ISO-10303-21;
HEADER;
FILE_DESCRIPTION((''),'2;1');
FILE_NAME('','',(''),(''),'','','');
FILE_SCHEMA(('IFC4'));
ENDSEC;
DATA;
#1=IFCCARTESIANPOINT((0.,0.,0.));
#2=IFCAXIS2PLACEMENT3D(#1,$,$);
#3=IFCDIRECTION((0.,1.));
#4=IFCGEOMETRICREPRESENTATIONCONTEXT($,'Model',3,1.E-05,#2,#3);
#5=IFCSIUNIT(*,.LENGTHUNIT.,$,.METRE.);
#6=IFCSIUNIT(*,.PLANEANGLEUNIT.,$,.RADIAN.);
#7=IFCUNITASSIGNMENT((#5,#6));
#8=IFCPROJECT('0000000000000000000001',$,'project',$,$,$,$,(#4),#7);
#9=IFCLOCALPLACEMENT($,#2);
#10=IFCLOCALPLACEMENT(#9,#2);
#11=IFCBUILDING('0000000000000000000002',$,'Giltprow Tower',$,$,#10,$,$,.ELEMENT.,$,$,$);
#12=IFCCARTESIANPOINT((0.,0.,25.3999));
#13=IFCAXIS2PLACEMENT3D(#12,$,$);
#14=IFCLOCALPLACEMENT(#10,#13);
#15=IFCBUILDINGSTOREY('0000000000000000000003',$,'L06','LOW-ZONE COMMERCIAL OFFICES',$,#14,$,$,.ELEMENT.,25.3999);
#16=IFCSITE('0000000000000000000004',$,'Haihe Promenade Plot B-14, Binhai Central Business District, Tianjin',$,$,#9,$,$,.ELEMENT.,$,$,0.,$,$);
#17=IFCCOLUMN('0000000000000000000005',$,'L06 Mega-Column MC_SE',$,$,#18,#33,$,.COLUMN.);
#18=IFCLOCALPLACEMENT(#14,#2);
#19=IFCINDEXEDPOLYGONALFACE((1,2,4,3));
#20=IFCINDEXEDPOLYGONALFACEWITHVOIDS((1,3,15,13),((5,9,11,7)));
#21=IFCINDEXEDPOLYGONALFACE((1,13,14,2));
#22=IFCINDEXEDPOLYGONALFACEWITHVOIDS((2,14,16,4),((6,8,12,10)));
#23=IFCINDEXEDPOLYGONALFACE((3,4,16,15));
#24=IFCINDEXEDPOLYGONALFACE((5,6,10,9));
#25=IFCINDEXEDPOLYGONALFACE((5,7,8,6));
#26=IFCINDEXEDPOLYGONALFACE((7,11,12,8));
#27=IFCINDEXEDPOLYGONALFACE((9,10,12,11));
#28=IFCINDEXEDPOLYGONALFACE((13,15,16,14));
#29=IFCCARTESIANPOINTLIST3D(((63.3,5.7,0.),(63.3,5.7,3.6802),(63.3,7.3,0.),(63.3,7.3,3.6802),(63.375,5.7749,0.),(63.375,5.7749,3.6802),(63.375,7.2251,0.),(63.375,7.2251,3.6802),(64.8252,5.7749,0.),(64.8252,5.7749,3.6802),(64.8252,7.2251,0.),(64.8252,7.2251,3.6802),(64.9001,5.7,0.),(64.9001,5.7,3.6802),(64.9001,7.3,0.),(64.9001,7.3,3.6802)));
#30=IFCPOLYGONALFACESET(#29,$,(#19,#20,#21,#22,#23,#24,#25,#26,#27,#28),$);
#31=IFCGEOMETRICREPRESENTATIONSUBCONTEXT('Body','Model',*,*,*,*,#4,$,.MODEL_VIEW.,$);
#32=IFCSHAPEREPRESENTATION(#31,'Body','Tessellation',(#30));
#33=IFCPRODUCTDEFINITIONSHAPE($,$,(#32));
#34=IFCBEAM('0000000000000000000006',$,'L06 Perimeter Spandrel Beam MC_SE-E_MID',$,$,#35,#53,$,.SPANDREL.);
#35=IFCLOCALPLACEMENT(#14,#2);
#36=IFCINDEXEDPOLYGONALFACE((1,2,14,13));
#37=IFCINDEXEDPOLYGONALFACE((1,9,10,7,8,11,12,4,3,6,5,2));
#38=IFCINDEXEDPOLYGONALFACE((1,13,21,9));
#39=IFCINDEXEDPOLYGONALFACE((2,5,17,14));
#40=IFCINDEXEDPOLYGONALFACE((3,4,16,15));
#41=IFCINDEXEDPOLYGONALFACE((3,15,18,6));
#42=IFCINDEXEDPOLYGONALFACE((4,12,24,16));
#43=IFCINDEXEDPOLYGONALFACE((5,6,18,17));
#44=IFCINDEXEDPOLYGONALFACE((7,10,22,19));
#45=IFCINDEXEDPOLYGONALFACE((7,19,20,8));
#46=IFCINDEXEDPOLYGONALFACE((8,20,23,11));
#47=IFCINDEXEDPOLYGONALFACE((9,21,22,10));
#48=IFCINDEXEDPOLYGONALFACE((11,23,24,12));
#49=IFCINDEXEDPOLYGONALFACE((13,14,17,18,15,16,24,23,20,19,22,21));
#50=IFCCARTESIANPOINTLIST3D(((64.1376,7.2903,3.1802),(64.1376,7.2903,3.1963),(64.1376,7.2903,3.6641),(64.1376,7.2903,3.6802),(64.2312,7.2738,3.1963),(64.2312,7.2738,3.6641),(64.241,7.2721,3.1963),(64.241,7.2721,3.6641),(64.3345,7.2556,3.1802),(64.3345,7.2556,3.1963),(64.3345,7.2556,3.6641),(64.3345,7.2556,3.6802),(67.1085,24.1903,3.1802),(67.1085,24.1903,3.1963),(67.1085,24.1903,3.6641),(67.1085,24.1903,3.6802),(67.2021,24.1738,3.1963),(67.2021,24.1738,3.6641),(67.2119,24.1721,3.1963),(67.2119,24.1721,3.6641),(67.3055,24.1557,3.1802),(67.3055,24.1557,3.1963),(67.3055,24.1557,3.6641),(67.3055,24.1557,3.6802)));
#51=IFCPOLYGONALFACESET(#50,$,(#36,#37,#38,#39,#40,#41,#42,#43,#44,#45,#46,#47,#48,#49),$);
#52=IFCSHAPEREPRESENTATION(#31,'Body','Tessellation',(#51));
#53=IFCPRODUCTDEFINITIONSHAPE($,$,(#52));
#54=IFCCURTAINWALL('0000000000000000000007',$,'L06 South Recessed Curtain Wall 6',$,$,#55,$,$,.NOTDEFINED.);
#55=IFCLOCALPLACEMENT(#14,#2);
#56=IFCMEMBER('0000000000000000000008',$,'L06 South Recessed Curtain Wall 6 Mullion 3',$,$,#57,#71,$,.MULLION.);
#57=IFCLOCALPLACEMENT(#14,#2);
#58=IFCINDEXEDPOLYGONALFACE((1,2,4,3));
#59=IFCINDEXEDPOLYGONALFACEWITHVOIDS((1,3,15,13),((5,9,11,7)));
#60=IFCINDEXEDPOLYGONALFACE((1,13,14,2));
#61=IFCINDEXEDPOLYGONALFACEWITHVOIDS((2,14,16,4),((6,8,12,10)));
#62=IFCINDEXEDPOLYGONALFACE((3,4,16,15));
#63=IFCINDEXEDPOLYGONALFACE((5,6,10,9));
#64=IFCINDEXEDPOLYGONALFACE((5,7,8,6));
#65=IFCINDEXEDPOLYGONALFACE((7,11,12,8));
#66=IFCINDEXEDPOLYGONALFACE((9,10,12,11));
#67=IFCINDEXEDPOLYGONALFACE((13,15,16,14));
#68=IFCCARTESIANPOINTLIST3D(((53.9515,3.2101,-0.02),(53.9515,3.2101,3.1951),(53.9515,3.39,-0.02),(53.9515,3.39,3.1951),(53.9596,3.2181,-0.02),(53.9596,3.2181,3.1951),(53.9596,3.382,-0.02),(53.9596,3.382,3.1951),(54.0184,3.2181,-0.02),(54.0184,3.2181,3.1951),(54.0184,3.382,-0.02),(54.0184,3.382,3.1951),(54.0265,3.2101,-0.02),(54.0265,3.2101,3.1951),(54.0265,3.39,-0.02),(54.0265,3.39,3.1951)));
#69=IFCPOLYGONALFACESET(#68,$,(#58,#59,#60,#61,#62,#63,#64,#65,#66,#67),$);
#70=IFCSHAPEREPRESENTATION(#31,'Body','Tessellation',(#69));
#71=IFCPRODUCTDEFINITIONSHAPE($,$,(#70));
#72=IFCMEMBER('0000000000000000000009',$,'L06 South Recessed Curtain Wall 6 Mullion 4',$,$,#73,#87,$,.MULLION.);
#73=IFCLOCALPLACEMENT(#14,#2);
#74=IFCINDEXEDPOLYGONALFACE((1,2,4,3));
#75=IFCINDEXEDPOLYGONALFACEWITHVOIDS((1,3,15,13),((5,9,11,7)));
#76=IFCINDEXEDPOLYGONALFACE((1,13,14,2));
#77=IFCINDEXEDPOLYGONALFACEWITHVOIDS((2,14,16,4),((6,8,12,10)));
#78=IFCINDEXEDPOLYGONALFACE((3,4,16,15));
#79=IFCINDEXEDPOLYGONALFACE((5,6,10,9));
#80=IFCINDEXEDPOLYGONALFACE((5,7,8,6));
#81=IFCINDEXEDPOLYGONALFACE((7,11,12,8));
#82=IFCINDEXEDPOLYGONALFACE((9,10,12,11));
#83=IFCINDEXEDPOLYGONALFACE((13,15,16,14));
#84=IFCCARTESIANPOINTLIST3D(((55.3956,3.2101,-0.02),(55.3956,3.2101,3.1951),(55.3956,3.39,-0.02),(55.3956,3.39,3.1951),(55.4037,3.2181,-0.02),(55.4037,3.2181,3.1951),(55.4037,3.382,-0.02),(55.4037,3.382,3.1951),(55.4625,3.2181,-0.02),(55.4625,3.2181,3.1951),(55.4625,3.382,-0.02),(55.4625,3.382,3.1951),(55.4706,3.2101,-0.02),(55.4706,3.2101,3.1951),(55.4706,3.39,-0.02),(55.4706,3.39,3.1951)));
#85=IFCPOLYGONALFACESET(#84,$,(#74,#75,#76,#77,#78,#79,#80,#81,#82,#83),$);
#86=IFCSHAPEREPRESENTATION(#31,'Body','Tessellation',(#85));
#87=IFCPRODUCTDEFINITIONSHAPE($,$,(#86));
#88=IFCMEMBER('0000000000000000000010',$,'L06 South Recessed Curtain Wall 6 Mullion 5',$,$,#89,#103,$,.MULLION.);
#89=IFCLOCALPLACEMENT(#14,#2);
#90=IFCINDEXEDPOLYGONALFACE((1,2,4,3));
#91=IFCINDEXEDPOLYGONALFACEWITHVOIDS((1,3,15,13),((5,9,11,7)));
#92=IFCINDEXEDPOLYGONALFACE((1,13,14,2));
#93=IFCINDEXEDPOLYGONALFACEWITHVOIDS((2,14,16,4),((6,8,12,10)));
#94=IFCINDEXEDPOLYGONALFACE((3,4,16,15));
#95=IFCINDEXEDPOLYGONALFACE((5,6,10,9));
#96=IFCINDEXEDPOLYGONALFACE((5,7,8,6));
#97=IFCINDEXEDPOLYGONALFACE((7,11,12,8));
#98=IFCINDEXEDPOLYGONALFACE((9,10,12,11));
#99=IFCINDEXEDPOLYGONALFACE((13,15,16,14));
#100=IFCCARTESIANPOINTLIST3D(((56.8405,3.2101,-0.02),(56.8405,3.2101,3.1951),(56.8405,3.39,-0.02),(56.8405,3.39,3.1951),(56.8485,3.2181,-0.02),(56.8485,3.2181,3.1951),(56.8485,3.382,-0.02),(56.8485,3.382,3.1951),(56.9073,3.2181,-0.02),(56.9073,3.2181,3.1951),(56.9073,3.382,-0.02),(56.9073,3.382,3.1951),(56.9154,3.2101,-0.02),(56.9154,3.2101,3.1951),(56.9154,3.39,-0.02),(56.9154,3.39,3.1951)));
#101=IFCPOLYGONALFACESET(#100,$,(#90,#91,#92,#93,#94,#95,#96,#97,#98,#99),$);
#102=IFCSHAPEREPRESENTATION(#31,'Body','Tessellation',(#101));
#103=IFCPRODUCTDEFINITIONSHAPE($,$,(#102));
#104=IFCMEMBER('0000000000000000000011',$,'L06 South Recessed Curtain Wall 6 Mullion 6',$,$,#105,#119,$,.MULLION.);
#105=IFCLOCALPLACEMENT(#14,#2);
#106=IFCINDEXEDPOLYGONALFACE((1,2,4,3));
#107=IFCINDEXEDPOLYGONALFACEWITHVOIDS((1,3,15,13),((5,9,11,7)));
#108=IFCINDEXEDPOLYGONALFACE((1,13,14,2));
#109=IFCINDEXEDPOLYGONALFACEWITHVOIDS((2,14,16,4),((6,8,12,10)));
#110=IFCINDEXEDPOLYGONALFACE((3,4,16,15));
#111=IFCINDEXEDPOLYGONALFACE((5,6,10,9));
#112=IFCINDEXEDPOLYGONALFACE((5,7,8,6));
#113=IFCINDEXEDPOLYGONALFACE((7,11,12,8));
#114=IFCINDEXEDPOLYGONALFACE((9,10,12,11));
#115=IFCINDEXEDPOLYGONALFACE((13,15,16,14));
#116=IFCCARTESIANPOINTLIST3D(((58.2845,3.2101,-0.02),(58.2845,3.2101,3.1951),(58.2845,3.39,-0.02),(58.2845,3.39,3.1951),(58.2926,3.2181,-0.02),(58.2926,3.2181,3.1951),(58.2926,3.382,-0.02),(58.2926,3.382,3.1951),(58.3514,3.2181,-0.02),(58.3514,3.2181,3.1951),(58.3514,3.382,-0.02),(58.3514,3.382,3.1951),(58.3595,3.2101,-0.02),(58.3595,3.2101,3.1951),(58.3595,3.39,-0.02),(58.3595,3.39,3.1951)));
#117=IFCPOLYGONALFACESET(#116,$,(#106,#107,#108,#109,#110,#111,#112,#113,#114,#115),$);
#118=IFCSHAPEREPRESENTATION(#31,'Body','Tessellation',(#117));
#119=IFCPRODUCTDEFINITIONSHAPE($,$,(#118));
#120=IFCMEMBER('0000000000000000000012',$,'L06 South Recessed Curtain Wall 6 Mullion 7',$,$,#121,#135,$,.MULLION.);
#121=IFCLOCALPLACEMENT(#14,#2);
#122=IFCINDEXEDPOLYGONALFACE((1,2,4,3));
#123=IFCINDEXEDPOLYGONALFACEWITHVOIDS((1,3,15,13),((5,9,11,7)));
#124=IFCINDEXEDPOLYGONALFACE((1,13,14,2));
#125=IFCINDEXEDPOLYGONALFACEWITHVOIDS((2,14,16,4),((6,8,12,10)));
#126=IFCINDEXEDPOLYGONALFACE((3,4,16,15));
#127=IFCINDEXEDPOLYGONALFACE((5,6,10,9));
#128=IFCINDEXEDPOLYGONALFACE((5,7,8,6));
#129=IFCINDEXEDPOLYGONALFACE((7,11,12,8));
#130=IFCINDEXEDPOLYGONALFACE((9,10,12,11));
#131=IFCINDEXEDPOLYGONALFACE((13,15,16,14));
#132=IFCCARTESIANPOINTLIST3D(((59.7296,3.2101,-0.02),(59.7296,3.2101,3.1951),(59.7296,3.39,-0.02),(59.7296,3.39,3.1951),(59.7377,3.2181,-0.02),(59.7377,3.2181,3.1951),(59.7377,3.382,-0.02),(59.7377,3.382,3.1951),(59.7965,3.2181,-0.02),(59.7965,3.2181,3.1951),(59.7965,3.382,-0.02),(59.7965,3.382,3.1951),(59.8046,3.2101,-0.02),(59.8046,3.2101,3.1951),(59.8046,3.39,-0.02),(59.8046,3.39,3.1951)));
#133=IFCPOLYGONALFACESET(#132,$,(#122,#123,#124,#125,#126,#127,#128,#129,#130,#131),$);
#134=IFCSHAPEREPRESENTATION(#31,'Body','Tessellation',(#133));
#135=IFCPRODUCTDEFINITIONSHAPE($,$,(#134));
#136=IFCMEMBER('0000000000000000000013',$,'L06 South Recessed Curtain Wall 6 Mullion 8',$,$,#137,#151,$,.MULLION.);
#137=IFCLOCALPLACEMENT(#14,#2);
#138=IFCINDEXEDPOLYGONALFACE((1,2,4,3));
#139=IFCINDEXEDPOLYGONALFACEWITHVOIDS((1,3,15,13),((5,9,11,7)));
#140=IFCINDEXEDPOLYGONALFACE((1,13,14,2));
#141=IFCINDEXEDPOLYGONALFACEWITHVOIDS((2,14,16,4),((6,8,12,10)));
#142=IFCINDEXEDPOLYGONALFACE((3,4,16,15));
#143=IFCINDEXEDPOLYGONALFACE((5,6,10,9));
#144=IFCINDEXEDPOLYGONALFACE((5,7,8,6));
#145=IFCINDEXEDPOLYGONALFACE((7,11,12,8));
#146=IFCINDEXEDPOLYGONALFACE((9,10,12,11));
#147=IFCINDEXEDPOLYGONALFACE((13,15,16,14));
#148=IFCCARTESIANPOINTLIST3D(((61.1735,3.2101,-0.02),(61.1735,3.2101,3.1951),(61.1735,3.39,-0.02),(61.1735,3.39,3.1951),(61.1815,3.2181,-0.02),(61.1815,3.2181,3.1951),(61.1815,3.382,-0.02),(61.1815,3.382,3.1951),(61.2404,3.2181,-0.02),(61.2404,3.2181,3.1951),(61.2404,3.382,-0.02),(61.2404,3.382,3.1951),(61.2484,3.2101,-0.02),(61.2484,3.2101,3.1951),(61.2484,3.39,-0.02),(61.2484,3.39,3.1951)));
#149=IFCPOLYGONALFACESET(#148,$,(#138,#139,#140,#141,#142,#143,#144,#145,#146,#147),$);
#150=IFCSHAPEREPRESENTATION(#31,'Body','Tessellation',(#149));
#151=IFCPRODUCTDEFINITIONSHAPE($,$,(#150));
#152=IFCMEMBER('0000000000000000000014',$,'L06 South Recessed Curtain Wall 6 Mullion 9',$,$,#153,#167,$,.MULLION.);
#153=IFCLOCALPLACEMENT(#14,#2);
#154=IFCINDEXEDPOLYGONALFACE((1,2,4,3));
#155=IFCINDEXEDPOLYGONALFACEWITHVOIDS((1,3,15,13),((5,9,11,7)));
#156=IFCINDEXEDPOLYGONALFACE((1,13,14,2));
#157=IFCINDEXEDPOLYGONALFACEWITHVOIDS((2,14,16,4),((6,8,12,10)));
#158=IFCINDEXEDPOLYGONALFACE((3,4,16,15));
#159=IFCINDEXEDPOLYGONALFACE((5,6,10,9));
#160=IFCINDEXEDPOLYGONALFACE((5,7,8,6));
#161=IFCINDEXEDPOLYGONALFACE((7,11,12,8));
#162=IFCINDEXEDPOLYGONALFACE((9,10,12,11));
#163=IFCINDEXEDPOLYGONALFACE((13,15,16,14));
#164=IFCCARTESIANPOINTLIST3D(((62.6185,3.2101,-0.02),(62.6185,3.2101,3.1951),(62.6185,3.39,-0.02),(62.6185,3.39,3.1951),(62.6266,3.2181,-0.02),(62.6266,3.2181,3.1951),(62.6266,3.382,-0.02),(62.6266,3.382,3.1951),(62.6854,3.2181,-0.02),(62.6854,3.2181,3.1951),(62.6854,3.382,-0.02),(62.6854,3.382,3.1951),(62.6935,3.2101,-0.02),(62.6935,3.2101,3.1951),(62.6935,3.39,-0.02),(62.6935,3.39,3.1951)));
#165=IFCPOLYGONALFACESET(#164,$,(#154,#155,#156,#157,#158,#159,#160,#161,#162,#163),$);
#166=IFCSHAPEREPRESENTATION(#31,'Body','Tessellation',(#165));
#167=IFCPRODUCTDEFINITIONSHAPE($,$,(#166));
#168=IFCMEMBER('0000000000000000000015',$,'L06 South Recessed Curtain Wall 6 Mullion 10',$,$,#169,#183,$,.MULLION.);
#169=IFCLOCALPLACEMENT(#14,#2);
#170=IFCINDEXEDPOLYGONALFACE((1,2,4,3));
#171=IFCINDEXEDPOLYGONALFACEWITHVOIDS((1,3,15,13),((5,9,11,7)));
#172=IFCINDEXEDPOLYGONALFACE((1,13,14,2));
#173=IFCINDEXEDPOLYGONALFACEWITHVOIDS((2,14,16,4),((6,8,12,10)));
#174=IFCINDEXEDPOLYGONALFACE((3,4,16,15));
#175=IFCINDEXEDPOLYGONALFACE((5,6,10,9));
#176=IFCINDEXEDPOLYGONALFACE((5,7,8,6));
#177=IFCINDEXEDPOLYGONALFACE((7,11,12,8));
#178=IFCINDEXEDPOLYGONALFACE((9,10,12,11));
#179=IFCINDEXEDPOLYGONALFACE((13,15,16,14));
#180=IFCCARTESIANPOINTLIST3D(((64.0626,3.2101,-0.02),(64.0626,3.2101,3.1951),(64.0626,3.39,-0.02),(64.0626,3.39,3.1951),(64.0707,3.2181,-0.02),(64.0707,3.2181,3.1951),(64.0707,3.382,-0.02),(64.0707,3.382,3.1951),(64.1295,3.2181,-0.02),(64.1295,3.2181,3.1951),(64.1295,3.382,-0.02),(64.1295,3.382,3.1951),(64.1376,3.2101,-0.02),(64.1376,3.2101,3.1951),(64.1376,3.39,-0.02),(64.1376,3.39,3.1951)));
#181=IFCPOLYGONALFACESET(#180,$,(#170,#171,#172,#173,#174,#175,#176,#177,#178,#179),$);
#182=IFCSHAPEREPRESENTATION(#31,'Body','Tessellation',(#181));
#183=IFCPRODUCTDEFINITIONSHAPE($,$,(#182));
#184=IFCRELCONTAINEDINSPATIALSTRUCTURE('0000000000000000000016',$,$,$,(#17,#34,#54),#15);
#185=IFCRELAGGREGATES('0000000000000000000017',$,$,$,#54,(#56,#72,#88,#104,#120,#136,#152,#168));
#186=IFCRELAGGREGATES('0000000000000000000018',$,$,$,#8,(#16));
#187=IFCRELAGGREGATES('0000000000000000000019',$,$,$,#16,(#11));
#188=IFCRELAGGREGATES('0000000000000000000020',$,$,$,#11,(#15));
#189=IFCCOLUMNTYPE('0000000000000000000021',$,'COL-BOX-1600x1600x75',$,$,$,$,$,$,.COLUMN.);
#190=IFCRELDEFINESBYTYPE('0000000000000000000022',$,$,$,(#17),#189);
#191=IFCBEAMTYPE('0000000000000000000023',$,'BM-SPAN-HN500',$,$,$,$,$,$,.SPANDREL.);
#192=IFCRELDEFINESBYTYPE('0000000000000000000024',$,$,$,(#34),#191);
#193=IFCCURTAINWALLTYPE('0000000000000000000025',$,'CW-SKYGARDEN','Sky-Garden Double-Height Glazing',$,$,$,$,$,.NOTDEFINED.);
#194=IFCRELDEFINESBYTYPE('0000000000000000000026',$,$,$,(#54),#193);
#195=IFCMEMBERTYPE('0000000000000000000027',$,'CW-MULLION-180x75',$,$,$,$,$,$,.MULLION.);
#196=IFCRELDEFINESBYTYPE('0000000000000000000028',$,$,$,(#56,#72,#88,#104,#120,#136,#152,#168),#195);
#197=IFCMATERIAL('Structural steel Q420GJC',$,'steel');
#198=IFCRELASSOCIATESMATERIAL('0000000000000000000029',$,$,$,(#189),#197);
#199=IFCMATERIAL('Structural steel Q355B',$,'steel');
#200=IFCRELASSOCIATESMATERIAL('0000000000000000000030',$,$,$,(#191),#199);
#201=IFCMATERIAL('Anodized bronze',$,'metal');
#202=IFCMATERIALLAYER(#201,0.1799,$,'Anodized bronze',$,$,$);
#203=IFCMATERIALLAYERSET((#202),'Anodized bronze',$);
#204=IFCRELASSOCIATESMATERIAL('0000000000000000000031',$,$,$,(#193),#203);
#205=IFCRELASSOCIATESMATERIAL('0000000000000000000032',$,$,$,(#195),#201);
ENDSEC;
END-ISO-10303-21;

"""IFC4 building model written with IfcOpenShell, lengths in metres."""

from ifc_helpers import new_model, si_unit, direction, frame, origin, origin_2d, place, context, subcontext, project, spatial, hollow_rectangle, i_section, extrude, source, transform, mapped, material, layer, layer_set, material_profile, profile_set, type_object, element, aggregate, save


model = new_model("IFC4")

# Units and contexts
model_context = context("Model", 3, precision=1e-05, world=origin(), true_north=direction((0.0, 1.0)))
body_context = subcontext(model_context, "Body", "Model", "MODEL_VIEW")
ifc_project = project(units=[si_unit("LENGTHUNIT", "METRE"), si_unit("PLANEANGLEUNIT", "RADIAN")], contexts=[model_context])

# Site, building, storey
site_placement = place(None, origin())
site = spatial("IfcSite", under=ifc_project, at=site_placement, Name="Haihe Promenade Plot B-14, Binhai Central Business District, Tianjin", CompositionType="ELEMENT", RefElevation=0.0)
building_placement = place(site_placement, origin())
building = spatial("IfcBuilding", under=site, at=building_placement, Name="Giltprow Tower", CompositionType="ELEMENT")
storey_placement = place(building_placement, frame((0.0, 0.0, 25.3999)))
storey = spatial("IfcBuildingStorey", under=building, at=storey_placement, Name="L06", Description="LOW-ZONE COMMERCIAL OFFICES", CompositionType="ELEMENT", Elevation=25.3999)

# Column
ifc_material_1 = material(Name="Structural steel Q420GJC", Category="steel")
ifc_material_profile_1 = material_profile(ifc_material_1, hollow_rectangle(XDim=1.6001, YDim=1.6001, WallThickness=0.075, at=origin_2d()), Name="BOX 1600x1600x75")
ifc_profile_set_1 = profile_set([ifc_material_profile_1], Name="Structural steel Q420GJC")
column_type = type_object("IfcColumnType", Name="COL-BOX-1600x1600x75", PredefinedType="COLUMN", material=ifc_profile_set_1)
shared_shape_1 = source(origin(), body_context, "Body", "SweptSolid", [
    extrude(hollow_rectangle(XDim=1.6001, YDim=1.6001, WallThickness=0.075, at=origin_2d()), origin(), (0.0, 0.0, 1.0), 3.6802),
])
column_placement = place(storey_placement, frame((64.1001, 6.5, 0.0), z_axis=(0.0, 0.0, 1.0), x_axis=(1.0, 0.0, 0.0)))
element("IfcColumn", 1, at=column_placement, inside=storey, type_object=column_type, Name="L06 Mega-Column MC_SE", PredefinedType="COLUMN", context=body_context, shape_type="MappedRepresentation", body=[
    mapped(shared_shape_1, transform((0.0, 0.0, 0.0), x_axis=(1.0, 0.0, 0.0), y_axis=(0.0, 1.0, 0.0), z_axis=(0.0, 0.0, 1.0), scale=1.0)),
])

# Beam
ifc_material_2 = material(Name="Structural steel Q355B", Category="steel")
ifc_material_profile_2 = material_profile(ifc_material_2, i_section(OverallWidth=0.2, OverallDepth=0.5, WebThickness=0.01, FlangeThickness=0.0161, at=origin_2d()), Name="HN 500x200x10x16")
ifc_profile_set_2 = profile_set([ifc_material_profile_2], Name="Structural steel Q355B")
beam_type = type_object("IfcBeamType", Name="BM-SPAN-HN500", PredefinedType="SPANDREL", material=ifc_profile_set_2)
shared_shape_2 = source(origin(), body_context, "Body", "SweptSolid", [
    extrude(i_section(OverallWidth=0.2, OverallDepth=0.5, WebThickness=0.01, FlangeThickness=0.0161, at=origin_2d()), origin(), (0.0, 0.0, 1.0), 17.1592),
])
beam_placement = place(storey_placement, frame((64.2361, 7.2729, 3.4302), z_axis=(0.173139, 0.984897, 0.0), x_axis=(-0.984897, 0.173139, 0.0)))
element("IfcBeam", 2, at=beam_placement, inside=storey, type_object=beam_type, Name="L06 Perimeter Spandrel Beam MC_SE-E_MID", PredefinedType="SPANDREL", context=body_context, shape_type="MappedRepresentation", body=[
    mapped(shared_shape_2, transform((0.0, 0.0, 0.0), x_axis=(1.0, 0.0, 0.0), y_axis=(0.0, 1.0, 0.0), z_axis=(0.0, 0.0, 1.0), scale=1.0)),
])

# Curtain wall, members
ifc_material_3 = material(Name="Anodized bronze", Category="metal")
ifc_layer_1 = layer(ifc_material_3, 0.1799, Name="Anodized bronze")
ifc_layer_set_1 = layer_set([ifc_layer_1], Name="Anodized bronze")
curtain_wall_type = type_object("IfcCurtainWallType", Name="CW-SKYGARDEN", Description="Sky-Garden Double-Height Glazing", PredefinedType="NOTDEFINED", material=ifc_layer_set_1)
curtain_wall_placement = place(storey_placement, origin())
curtain_wall = element("IfcCurtainWall", 3, at=curtain_wall_placement, inside=storey, type_object=curtain_wall_type, Name="L06 South Recessed Curtain Wall 6", PredefinedType="NOTDEFINED")
ifc_material_profile_3 = material_profile(ifc_material_3, hollow_rectangle(XDim=0.075, YDim=0.1799, WallThickness=0.0081, at=origin_2d()), Name="RHS 180x75x8")
ifc_profile_set_3 = profile_set([ifc_material_profile_3], Name="Anodized bronze")
member_type = type_object("IfcMemberType", Name="CW-MULLION-180x75", PredefinedType="MULLION", material=ifc_profile_set_3)
shared_shape_3 = source(origin(), body_context, "Body", "SweptSolid", [
    extrude(hollow_rectangle(XDim=0.075, YDim=0.1799, WallThickness=0.0081, at=origin_2d()), origin(), (0.0, 0.0, 1.0), 3.2151),
])
member_1_placement = place(storey_placement, frame((53.989, 3.3, -0.02), z_axis=(0.0, 0.0, 1.0), x_axis=(1.0, 0.0, 0.0)))
member_1 = element("IfcMember", 4, at=member_1_placement, type_object=member_type, Name="L06 South Recessed Curtain Wall 6 Mullion 3", PredefinedType="MULLION", context=body_context, shape_type="MappedRepresentation", body=[
    mapped(shared_shape_3, transform((0.0, 0.0, 0.0), x_axis=(1.0, 0.0, 0.0), y_axis=(0.0, 1.0, 0.0), z_axis=(0.0, 0.0, 1.0), scale=1.0)),
])
member_2_placement = place(storey_placement, frame((55.4331, 3.3, -0.02), z_axis=(0.0, 0.0, 1.0), x_axis=(1.0, 0.0, 0.0)))
member_2 = element("IfcMember", 5, at=member_2_placement, type_object=member_type, Name="L06 South Recessed Curtain Wall 6 Mullion 4", PredefinedType="MULLION", context=body_context, shape_type="MappedRepresentation", body=[
    mapped(shared_shape_3, transform((0.0, 0.0, 0.0), x_axis=(1.0, 0.0, 0.0), y_axis=(0.0, 1.0, 0.0), z_axis=(0.0, 0.0, 1.0), scale=1.0)),
])
member_3_placement = place(storey_placement, frame((56.8779, 3.3, -0.02), z_axis=(0.0, 0.0, 1.0), x_axis=(1.0, 0.0, 0.0)))
member_3 = element("IfcMember", 6, at=member_3_placement, type_object=member_type, Name="L06 South Recessed Curtain Wall 6 Mullion 5", PredefinedType="MULLION", context=body_context, shape_type="MappedRepresentation", body=[
    mapped(shared_shape_3, transform((0.0, 0.0, 0.0), x_axis=(1.0, 0.0, 0.0), y_axis=(0.0, 1.0, 0.0), z_axis=(0.0, 0.0, 1.0), scale=1.0)),
])
member_4_placement = place(storey_placement, frame((58.322, 3.3, -0.02), z_axis=(0.0, 0.0, 1.0), x_axis=(1.0, 0.0, 0.0)))
member_4 = element("IfcMember", 7, at=member_4_placement, type_object=member_type, Name="L06 South Recessed Curtain Wall 6 Mullion 6", PredefinedType="MULLION", context=body_context, shape_type="MappedRepresentation", body=[
    mapped(shared_shape_3, transform((0.0, 0.0, 0.0), x_axis=(1.0, 0.0, 0.0), y_axis=(0.0, 1.0, 0.0), z_axis=(0.0, 0.0, 1.0), scale=1.0)),
])
member_5_placement = place(storey_placement, frame((59.7671, 3.3, -0.02), z_axis=(0.0, 0.0, 1.0), x_axis=(1.0, 0.0, 0.0)))
member_5 = element("IfcMember", 8, at=member_5_placement, type_object=member_type, Name="L06 South Recessed Curtain Wall 6 Mullion 7", PredefinedType="MULLION", context=body_context, shape_type="MappedRepresentation", body=[
    mapped(shared_shape_3, transform((0.0, 0.0, 0.0), x_axis=(1.0, 0.0, 0.0), y_axis=(0.0, 1.0, 0.0), z_axis=(0.0, 0.0, 1.0), scale=1.0)),
])
member_6_placement = place(storey_placement, frame((61.2109, 3.3, -0.02), z_axis=(0.0, 0.0, 1.0), x_axis=(1.0, 0.0, 0.0)))
member_6 = element("IfcMember", 9, at=member_6_placement, type_object=member_type, Name="L06 South Recessed Curtain Wall 6 Mullion 8", PredefinedType="MULLION", context=body_context, shape_type="MappedRepresentation", body=[
    mapped(shared_shape_3, transform((0.0, 0.0, 0.0), x_axis=(1.0, 0.0, 0.0), y_axis=(0.0, 1.0, 0.0), z_axis=(0.0, 0.0, 1.0), scale=1.0)),
])
member_7_placement = place(storey_placement, frame((62.656, 3.3, -0.02), z_axis=(0.0, 0.0, 1.0), x_axis=(1.0, 0.0, 0.0)))
member_7 = element("IfcMember", 10, at=member_7_placement, type_object=member_type, Name="L06 South Recessed Curtain Wall 6 Mullion 9", PredefinedType="MULLION", context=body_context, shape_type="MappedRepresentation", body=[
    mapped(shared_shape_3, transform((0.0, 0.0, 0.0), x_axis=(1.0, 0.0, 0.0), y_axis=(0.0, 1.0, 0.0), z_axis=(0.0, 0.0, 1.0), scale=1.0)),
])
member_8_placement = place(storey_placement, frame((64.1001, 3.3, -0.02), z_axis=(0.0, 0.0, 1.0), x_axis=(1.0, 0.0, 0.0)))
member_8 = element("IfcMember", 11, at=member_8_placement, type_object=member_type, Name="L06 South Recessed Curtain Wall 6 Mullion 10", PredefinedType="MULLION", context=body_context, shape_type="MappedRepresentation", body=[
    mapped(shared_shape_3, transform((0.0, 0.0, 0.0), x_axis=(1.0, 0.0, 0.0), y_axis=(0.0, 1.0, 0.0), z_axis=(0.0, 0.0, 1.0), scale=1.0)),
])
aggregate(curtain_wall, [member_1, member_2, member_3, member_4, member_5, member_6, member_7, member_8])

save(model, "model.ifc")
